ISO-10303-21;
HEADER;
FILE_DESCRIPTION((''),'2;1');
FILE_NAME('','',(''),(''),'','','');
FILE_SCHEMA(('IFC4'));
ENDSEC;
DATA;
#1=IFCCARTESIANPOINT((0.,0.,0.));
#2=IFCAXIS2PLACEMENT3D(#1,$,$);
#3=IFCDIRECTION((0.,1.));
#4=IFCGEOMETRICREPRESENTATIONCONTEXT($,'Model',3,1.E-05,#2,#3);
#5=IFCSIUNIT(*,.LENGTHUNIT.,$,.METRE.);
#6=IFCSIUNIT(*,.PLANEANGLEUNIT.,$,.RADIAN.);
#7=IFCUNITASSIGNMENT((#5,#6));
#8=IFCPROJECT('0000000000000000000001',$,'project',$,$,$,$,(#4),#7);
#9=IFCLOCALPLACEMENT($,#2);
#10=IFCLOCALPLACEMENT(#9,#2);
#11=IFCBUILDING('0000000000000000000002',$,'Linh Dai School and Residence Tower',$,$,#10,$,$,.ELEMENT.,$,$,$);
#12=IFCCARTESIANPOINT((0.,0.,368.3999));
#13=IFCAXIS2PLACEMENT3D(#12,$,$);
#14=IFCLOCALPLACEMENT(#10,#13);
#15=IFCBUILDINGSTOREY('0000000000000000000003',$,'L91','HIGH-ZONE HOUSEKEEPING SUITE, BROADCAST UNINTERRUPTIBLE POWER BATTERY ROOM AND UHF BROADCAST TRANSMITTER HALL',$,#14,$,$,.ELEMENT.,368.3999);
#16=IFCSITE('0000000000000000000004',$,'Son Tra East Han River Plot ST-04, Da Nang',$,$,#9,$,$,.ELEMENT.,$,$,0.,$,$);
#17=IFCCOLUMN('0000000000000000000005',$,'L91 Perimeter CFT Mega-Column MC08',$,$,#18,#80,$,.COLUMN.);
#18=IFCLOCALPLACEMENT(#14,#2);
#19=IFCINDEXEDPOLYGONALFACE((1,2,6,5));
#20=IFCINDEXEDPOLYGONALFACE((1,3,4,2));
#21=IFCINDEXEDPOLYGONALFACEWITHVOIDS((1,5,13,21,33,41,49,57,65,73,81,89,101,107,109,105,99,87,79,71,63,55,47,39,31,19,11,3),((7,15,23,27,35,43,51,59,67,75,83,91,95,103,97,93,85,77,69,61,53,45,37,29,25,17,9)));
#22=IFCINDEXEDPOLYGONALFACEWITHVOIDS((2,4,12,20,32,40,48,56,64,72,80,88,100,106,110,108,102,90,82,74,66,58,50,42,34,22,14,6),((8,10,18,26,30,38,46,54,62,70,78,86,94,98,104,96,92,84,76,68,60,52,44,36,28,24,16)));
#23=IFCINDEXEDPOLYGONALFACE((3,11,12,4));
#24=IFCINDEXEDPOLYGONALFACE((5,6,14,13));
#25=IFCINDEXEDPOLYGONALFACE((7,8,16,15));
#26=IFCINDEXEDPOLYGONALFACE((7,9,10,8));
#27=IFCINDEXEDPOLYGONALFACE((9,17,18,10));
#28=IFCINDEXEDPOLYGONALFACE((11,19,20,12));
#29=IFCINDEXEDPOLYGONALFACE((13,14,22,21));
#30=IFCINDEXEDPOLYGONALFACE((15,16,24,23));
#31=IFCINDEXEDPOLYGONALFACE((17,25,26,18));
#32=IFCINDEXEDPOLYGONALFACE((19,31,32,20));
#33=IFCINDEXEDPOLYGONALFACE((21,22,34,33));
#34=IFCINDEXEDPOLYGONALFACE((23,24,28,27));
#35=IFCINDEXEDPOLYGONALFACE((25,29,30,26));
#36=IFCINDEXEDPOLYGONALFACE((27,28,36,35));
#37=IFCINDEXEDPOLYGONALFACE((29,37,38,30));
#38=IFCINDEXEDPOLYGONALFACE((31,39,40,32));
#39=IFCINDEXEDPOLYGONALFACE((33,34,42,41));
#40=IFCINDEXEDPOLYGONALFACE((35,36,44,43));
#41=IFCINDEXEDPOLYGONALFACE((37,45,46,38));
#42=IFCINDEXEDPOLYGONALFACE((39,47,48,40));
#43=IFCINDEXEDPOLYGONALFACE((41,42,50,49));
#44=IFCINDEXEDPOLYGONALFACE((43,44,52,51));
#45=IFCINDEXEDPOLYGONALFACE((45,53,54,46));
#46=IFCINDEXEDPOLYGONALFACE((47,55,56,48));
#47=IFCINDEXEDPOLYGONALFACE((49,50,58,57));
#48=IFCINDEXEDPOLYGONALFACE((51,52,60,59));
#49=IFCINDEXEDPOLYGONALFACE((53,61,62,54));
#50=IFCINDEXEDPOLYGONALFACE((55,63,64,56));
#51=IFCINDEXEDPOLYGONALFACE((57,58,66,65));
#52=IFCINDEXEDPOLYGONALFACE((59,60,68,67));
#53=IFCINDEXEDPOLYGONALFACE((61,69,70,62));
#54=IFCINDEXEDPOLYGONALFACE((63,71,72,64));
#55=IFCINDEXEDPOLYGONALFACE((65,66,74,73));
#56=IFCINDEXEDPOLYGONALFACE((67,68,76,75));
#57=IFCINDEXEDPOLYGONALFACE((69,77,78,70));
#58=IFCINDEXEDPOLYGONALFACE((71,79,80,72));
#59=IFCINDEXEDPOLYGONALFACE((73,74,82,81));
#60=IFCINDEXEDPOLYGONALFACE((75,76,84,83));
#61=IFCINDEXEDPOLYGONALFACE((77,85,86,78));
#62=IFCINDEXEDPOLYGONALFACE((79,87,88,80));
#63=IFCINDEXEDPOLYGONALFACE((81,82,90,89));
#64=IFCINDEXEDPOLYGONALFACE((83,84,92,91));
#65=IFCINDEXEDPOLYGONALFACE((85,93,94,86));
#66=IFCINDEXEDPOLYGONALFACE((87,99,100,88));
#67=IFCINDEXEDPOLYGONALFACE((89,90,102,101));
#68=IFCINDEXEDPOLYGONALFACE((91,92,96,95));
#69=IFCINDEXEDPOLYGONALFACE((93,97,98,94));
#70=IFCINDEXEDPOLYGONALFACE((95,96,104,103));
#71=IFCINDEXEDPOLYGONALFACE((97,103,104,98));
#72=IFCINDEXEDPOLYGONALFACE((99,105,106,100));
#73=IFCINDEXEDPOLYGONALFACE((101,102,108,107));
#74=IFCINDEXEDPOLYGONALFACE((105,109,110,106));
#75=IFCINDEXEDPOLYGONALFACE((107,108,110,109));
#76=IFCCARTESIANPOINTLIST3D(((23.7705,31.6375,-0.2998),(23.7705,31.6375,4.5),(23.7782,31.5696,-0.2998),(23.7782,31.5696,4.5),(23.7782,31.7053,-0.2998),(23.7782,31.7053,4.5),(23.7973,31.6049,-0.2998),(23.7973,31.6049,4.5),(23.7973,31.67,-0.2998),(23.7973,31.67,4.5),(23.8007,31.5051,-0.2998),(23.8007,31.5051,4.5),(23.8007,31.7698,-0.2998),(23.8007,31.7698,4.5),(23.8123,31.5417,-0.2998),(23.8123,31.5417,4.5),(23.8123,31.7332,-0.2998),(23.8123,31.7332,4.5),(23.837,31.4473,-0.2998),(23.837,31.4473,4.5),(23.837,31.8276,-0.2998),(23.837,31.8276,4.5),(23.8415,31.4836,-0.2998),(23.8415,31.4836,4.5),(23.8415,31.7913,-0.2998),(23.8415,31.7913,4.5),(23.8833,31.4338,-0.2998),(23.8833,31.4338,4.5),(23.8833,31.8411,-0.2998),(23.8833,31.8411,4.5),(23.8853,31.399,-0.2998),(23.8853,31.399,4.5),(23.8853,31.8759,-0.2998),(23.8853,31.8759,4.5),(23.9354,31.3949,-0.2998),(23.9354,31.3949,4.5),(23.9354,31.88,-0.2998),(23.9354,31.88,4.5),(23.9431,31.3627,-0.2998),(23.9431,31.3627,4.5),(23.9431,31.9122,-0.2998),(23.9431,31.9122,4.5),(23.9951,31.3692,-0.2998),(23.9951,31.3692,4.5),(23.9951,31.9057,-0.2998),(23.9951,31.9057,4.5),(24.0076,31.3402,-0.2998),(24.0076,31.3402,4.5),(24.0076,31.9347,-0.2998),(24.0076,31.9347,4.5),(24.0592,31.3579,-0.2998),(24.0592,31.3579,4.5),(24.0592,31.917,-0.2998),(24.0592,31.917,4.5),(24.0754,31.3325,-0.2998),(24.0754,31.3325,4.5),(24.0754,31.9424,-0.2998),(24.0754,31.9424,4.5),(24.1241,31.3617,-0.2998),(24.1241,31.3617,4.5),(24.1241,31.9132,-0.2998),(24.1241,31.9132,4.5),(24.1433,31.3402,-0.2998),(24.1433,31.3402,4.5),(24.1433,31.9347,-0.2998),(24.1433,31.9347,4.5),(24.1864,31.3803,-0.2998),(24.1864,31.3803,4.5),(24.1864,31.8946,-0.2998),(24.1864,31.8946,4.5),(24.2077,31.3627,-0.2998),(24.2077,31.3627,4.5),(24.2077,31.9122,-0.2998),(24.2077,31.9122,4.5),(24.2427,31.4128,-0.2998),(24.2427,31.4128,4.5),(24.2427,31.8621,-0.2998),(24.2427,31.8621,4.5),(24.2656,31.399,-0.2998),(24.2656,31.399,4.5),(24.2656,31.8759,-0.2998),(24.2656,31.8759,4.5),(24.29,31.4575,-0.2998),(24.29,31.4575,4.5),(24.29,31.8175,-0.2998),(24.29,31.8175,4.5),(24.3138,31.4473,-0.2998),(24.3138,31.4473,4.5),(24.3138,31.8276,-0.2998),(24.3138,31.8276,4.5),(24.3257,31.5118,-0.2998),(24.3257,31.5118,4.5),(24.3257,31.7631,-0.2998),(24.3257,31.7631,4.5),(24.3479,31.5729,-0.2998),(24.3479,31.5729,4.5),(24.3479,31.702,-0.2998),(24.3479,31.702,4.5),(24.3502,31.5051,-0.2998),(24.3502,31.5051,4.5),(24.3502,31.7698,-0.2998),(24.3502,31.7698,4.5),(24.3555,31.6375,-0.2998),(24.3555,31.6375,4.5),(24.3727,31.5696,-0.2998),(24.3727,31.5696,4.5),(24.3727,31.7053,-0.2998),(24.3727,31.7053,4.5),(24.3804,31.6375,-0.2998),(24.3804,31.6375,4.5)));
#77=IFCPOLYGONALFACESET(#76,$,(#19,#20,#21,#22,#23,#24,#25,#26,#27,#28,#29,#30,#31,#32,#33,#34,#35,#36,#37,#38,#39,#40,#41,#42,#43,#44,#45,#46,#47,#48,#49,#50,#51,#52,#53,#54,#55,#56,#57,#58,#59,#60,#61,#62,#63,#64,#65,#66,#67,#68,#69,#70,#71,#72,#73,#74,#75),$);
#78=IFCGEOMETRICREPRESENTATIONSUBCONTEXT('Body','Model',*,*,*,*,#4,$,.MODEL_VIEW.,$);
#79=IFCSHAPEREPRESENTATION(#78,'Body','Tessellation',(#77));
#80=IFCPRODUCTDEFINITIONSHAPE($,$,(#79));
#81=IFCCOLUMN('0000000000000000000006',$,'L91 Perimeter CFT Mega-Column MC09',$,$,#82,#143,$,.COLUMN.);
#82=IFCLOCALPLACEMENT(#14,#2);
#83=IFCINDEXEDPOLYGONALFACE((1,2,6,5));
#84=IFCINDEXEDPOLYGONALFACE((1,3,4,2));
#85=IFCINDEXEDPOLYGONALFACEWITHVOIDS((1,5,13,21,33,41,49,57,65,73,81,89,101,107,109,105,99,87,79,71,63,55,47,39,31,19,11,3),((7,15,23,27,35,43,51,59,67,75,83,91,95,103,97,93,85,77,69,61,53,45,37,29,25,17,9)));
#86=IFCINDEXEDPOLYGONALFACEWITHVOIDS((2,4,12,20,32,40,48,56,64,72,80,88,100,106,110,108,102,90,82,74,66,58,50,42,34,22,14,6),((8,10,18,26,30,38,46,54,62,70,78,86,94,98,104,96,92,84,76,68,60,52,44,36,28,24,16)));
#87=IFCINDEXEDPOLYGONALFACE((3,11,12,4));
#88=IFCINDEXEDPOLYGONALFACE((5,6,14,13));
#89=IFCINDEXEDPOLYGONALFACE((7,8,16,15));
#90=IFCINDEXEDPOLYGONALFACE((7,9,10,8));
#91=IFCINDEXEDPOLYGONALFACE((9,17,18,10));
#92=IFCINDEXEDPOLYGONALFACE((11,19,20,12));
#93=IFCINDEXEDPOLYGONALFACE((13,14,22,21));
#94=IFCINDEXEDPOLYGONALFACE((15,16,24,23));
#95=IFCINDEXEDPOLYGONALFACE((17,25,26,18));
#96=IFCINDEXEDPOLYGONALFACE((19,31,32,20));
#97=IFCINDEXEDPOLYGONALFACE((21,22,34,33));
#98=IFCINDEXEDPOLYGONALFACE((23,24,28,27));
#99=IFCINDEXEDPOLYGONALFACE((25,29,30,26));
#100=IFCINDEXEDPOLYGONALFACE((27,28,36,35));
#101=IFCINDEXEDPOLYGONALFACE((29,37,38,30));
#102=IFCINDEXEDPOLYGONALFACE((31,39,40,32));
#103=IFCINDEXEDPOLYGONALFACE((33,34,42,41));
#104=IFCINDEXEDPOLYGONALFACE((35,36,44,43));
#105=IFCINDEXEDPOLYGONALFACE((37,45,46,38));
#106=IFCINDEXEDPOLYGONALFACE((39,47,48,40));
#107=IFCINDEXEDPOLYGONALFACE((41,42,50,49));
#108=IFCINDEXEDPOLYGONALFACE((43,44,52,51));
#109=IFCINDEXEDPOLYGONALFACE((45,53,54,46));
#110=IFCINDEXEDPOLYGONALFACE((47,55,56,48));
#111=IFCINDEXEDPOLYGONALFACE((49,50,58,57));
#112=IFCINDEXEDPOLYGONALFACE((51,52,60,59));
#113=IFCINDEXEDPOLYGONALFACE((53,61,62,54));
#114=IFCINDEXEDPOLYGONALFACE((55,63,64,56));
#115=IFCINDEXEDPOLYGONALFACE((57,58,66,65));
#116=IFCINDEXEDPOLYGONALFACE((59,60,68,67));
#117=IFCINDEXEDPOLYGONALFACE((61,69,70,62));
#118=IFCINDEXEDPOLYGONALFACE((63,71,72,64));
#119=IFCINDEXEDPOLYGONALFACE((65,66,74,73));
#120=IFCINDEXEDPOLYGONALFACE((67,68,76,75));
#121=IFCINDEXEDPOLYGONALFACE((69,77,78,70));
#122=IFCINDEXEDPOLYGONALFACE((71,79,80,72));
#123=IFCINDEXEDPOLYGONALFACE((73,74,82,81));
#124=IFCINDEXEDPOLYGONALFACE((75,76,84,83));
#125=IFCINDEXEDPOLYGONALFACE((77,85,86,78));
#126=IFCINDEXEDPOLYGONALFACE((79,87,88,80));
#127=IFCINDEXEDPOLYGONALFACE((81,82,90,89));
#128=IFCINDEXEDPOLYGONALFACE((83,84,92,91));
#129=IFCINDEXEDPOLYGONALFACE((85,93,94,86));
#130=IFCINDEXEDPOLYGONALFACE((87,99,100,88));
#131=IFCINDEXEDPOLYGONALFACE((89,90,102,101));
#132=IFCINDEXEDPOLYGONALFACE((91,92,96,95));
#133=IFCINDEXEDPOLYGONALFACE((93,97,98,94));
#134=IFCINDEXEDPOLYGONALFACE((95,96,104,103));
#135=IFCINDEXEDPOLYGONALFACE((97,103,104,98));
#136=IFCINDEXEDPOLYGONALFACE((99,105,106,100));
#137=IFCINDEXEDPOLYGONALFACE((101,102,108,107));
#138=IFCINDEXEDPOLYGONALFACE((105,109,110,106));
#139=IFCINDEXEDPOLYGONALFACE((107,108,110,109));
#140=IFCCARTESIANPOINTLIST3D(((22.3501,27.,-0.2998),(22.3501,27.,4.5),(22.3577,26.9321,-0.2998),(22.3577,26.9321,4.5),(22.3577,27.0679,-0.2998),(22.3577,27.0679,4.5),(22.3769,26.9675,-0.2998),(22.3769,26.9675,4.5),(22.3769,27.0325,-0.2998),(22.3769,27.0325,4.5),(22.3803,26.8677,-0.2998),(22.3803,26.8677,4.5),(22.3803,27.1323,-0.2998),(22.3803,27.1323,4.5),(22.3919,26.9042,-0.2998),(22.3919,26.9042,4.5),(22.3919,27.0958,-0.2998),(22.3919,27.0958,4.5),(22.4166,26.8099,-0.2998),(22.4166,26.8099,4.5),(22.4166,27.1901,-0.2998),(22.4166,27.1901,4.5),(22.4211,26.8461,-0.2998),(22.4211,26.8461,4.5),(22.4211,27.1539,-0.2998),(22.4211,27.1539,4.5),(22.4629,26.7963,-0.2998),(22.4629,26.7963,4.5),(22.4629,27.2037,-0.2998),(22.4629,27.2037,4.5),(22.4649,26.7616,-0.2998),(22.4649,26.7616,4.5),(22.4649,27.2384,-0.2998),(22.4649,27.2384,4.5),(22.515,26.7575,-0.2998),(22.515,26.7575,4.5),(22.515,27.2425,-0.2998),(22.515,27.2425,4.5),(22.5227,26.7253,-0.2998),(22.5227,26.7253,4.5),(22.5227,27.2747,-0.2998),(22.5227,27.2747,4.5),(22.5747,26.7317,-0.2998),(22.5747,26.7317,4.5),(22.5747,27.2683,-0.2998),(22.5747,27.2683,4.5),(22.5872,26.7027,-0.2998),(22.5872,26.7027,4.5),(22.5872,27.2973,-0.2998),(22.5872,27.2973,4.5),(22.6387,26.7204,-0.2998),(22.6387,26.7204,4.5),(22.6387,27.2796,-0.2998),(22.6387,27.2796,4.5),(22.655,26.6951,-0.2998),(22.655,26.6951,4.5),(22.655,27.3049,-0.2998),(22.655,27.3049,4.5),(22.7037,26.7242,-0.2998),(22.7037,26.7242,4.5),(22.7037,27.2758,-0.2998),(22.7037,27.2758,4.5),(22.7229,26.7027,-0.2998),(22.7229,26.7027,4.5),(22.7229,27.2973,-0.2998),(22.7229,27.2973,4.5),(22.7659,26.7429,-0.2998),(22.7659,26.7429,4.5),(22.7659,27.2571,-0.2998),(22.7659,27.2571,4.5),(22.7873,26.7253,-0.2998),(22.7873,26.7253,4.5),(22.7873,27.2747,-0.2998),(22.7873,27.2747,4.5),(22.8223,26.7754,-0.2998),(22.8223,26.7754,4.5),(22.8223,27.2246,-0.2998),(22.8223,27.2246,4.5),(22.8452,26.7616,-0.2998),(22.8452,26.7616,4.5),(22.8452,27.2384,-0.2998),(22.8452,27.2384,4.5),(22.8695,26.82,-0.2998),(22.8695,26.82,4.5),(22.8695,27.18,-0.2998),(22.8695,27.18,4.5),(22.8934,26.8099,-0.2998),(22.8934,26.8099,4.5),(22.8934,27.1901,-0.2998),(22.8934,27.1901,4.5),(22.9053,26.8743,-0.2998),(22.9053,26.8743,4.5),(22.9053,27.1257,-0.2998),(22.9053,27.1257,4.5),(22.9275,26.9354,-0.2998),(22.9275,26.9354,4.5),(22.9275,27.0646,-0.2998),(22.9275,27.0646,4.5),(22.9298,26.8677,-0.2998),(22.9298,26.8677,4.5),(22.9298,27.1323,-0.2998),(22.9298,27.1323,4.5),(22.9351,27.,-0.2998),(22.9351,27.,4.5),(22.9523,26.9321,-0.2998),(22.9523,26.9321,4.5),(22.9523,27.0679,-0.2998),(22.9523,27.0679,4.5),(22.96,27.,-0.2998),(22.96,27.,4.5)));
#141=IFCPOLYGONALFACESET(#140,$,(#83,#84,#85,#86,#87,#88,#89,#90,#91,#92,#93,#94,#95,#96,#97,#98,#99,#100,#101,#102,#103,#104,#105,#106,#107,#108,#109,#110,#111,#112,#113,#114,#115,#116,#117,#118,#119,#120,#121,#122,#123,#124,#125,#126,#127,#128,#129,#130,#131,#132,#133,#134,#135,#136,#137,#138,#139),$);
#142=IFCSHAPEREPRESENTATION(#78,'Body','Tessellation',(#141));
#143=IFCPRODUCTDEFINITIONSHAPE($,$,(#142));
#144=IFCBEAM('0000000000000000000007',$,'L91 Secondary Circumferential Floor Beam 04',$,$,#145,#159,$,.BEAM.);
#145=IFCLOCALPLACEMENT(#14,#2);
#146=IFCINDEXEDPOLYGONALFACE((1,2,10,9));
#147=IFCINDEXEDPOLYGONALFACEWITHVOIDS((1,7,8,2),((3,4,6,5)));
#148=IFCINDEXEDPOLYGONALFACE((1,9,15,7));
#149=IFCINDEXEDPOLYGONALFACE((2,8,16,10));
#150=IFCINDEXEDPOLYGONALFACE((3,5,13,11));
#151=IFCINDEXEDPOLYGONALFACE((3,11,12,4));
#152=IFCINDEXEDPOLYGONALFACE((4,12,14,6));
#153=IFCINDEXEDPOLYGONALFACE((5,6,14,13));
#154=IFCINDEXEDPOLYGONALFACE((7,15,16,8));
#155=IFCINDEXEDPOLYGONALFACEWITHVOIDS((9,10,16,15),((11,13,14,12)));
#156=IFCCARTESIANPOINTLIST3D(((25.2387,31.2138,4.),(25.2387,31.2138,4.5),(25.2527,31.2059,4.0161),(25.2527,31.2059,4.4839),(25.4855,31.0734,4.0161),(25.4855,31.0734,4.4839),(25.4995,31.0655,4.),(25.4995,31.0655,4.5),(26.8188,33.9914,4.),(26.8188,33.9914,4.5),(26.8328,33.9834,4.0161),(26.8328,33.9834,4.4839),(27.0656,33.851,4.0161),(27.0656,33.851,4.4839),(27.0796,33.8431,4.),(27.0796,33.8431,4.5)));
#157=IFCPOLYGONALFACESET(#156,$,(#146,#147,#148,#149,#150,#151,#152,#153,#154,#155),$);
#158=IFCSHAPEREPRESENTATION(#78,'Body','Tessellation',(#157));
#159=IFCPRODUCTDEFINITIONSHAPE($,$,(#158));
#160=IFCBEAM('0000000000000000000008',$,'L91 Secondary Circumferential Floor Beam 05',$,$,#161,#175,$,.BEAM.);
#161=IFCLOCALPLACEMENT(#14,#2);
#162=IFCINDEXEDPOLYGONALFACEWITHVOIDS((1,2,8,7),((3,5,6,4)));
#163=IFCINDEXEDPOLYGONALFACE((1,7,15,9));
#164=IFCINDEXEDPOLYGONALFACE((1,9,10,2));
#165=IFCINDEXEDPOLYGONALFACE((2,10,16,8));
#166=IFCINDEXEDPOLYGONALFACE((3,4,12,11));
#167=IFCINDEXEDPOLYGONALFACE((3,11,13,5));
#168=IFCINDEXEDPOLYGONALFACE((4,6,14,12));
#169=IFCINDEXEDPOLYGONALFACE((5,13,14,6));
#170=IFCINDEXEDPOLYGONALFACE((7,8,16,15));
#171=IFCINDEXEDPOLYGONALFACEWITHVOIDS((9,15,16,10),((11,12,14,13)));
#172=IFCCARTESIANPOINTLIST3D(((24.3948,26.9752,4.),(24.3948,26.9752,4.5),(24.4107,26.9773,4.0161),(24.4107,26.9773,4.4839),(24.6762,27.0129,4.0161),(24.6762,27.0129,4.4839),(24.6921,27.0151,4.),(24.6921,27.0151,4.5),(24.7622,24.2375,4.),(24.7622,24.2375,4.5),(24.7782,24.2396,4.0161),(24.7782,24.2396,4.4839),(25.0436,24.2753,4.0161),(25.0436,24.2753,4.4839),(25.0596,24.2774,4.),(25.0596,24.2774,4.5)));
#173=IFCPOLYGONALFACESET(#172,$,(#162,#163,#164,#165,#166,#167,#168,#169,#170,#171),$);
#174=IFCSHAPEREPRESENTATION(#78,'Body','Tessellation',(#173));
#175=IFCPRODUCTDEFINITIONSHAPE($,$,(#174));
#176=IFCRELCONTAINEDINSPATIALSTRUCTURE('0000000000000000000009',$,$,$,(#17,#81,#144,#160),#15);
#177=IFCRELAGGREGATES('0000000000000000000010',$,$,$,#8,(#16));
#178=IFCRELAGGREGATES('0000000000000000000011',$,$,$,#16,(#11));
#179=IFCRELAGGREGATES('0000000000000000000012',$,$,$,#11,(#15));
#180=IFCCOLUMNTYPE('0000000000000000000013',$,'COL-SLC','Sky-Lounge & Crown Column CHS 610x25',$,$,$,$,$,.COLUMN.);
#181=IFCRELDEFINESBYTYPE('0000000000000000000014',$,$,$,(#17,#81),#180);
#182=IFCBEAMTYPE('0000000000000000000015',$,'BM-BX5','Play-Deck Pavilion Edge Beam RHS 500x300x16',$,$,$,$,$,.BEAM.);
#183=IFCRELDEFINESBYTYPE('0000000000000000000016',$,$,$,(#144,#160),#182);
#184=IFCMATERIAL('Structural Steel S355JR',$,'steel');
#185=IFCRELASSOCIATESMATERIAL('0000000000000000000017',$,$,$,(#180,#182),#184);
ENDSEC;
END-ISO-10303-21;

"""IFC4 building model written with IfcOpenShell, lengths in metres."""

from ifc_helpers import new_model, si_unit, direction, frame, origin, origin_2d, place, context, subcontext, project, spatial, hollow_rectangle, hollow_circle, extrude, material, material_profile, profile_set, type_object, element, save


model = new_model("IFC4")

# Units and contexts
model_context = context("Model", 3, precision=1e-05, world=origin(), true_north=direction((0.0, 1.0)))
body_context = subcontext(model_context, "Body", "Model", "MODEL_VIEW")
ifc_project = project(units=[si_unit("LENGTHUNIT", "METRE"), si_unit("PLANEANGLEUNIT", "RADIAN")], contexts=[model_context])

# Site, building, storey
site_placement = place(None, origin())
site = spatial("IfcSite", under=ifc_project, at=site_placement, Name="Son Tra East Han River Plot ST-04, Da Nang", CompositionType="ELEMENT", RefElevation=0.0)
building_placement = place(site_placement, origin())
building = spatial("IfcBuilding", under=site, at=building_placement, Name="Linh Dai School and Residence Tower", CompositionType="ELEMENT")
storey_placement = place(building_placement, frame((0.0, 0.0, 368.3999)))
storey = spatial("IfcBuildingStorey", under=building, at=storey_placement, Name="L91", Description="HIGH-ZONE HOUSEKEEPING SUITE, BROADCAST UNINTERRUPTIBLE POWER BATTERY ROOM AND UHF BROADCAST TRANSMITTER HALL", CompositionType="ELEMENT", Elevation=368.3999)

# Columns
ifc_material_1 = material(Name="Structural Steel S355JR", Category="steel")
ifc_material_profile_1 = material_profile(ifc_material_1, hollow_circle(Radius=0.3049, WallThickness=0.0249, at=origin_2d()), Name="CHS 610x25")
ifc_profile_set_1 = profile_set([ifc_material_profile_1], Name="Structural Steel S355JR")
column_type_1 = type_object("IfcColumnType", Name="COL-SLC", Description="Sky-Lounge & Crown Column CHS 610x25", PredefinedType="COLUMN", material=ifc_profile_set_1)
for number, where, z_axis, x_axis, name in (
    (1, (24.0754, 31.6375, -0.2998), (0.0, 0.0, 1.0), (1.0, 0.0, 0.0), "L91 Perimeter CFT Mega-Column MC08"),
    (2, (22.655, 27.0, -0.2998), (0.0, 0.0, 1.0), (1.0, 0.0, 0.0), "L91 Perimeter CFT Mega-Column MC09"),
):
    element("IfcColumn", number, at=place(storey_placement, frame(where, z_axis=z_axis, x_axis=x_axis)), inside=storey, type_object=column_type_1, Name=name, PredefinedType="COLUMN", context=body_context, shape_type="SweptSolid", body=[
        extrude(hollow_circle(Radius=0.3049, WallThickness=0.0249, at=origin_2d()), origin(), (0.0, 0.0, 1.0), 4.7998),
    ])

# Beams
ifc_material_profile_2 = material_profile(ifc_material_1, hollow_rectangle(XDim=0.3, YDim=0.5, WallThickness=0.0161, at=origin_2d()), Name="RHS 500x300x16")
ifc_profile_set_2 = profile_set([ifc_material_profile_2], Name="Structural Steel S355JR")
beam_type_1 = type_object("IfcBeamType", Name="BM-BX5", Description="Play-Deck Pavilion Edge Beam RHS 500x300x16", PredefinedType="BEAM", material=ifc_profile_set_2)
beam_1_placement = place(storey_placement, frame((26.9492, 33.9172, 4.25), z_axis=(-0.49446, -0.869201, 0.0), x_axis=(0.869201, -0.49446, 0.0)))
element("IfcBeam", 3, at=beam_1_placement, inside=storey, type_object=beam_type_1, Name="L91 Secondary Circumferential Floor Beam 04", PredefinedType="BEAM", context=body_context, shape_type="SweptSolid", body=[
    extrude(hollow_rectangle(XDim=0.3, YDim=0.5, WallThickness=0.0161, at=origin_2d()), origin(), (0.0, 0.0, 1.0), 3.1956),
])
beam_2_placement = place(storey_placement, frame((24.5435, 26.9951, 4.25), z_axis=(0.133026, -0.991113, 0.0), x_axis=(0.991113, 0.133026, 0.0)))
element("IfcBeam", 4, at=beam_2_placement, inside=storey, type_object=beam_type_1, Name="L91 Secondary Circumferential Floor Beam 05", PredefinedType="BEAM", context=body_context, shape_type="SweptSolid", body=[
    extrude(hollow_rectangle(XDim=0.3, YDim=0.5, WallThickness=0.0161, at=origin_2d()), origin(), (0.0, 0.0, 1.0), 2.7622),
])

save(model, "model.ifc")
